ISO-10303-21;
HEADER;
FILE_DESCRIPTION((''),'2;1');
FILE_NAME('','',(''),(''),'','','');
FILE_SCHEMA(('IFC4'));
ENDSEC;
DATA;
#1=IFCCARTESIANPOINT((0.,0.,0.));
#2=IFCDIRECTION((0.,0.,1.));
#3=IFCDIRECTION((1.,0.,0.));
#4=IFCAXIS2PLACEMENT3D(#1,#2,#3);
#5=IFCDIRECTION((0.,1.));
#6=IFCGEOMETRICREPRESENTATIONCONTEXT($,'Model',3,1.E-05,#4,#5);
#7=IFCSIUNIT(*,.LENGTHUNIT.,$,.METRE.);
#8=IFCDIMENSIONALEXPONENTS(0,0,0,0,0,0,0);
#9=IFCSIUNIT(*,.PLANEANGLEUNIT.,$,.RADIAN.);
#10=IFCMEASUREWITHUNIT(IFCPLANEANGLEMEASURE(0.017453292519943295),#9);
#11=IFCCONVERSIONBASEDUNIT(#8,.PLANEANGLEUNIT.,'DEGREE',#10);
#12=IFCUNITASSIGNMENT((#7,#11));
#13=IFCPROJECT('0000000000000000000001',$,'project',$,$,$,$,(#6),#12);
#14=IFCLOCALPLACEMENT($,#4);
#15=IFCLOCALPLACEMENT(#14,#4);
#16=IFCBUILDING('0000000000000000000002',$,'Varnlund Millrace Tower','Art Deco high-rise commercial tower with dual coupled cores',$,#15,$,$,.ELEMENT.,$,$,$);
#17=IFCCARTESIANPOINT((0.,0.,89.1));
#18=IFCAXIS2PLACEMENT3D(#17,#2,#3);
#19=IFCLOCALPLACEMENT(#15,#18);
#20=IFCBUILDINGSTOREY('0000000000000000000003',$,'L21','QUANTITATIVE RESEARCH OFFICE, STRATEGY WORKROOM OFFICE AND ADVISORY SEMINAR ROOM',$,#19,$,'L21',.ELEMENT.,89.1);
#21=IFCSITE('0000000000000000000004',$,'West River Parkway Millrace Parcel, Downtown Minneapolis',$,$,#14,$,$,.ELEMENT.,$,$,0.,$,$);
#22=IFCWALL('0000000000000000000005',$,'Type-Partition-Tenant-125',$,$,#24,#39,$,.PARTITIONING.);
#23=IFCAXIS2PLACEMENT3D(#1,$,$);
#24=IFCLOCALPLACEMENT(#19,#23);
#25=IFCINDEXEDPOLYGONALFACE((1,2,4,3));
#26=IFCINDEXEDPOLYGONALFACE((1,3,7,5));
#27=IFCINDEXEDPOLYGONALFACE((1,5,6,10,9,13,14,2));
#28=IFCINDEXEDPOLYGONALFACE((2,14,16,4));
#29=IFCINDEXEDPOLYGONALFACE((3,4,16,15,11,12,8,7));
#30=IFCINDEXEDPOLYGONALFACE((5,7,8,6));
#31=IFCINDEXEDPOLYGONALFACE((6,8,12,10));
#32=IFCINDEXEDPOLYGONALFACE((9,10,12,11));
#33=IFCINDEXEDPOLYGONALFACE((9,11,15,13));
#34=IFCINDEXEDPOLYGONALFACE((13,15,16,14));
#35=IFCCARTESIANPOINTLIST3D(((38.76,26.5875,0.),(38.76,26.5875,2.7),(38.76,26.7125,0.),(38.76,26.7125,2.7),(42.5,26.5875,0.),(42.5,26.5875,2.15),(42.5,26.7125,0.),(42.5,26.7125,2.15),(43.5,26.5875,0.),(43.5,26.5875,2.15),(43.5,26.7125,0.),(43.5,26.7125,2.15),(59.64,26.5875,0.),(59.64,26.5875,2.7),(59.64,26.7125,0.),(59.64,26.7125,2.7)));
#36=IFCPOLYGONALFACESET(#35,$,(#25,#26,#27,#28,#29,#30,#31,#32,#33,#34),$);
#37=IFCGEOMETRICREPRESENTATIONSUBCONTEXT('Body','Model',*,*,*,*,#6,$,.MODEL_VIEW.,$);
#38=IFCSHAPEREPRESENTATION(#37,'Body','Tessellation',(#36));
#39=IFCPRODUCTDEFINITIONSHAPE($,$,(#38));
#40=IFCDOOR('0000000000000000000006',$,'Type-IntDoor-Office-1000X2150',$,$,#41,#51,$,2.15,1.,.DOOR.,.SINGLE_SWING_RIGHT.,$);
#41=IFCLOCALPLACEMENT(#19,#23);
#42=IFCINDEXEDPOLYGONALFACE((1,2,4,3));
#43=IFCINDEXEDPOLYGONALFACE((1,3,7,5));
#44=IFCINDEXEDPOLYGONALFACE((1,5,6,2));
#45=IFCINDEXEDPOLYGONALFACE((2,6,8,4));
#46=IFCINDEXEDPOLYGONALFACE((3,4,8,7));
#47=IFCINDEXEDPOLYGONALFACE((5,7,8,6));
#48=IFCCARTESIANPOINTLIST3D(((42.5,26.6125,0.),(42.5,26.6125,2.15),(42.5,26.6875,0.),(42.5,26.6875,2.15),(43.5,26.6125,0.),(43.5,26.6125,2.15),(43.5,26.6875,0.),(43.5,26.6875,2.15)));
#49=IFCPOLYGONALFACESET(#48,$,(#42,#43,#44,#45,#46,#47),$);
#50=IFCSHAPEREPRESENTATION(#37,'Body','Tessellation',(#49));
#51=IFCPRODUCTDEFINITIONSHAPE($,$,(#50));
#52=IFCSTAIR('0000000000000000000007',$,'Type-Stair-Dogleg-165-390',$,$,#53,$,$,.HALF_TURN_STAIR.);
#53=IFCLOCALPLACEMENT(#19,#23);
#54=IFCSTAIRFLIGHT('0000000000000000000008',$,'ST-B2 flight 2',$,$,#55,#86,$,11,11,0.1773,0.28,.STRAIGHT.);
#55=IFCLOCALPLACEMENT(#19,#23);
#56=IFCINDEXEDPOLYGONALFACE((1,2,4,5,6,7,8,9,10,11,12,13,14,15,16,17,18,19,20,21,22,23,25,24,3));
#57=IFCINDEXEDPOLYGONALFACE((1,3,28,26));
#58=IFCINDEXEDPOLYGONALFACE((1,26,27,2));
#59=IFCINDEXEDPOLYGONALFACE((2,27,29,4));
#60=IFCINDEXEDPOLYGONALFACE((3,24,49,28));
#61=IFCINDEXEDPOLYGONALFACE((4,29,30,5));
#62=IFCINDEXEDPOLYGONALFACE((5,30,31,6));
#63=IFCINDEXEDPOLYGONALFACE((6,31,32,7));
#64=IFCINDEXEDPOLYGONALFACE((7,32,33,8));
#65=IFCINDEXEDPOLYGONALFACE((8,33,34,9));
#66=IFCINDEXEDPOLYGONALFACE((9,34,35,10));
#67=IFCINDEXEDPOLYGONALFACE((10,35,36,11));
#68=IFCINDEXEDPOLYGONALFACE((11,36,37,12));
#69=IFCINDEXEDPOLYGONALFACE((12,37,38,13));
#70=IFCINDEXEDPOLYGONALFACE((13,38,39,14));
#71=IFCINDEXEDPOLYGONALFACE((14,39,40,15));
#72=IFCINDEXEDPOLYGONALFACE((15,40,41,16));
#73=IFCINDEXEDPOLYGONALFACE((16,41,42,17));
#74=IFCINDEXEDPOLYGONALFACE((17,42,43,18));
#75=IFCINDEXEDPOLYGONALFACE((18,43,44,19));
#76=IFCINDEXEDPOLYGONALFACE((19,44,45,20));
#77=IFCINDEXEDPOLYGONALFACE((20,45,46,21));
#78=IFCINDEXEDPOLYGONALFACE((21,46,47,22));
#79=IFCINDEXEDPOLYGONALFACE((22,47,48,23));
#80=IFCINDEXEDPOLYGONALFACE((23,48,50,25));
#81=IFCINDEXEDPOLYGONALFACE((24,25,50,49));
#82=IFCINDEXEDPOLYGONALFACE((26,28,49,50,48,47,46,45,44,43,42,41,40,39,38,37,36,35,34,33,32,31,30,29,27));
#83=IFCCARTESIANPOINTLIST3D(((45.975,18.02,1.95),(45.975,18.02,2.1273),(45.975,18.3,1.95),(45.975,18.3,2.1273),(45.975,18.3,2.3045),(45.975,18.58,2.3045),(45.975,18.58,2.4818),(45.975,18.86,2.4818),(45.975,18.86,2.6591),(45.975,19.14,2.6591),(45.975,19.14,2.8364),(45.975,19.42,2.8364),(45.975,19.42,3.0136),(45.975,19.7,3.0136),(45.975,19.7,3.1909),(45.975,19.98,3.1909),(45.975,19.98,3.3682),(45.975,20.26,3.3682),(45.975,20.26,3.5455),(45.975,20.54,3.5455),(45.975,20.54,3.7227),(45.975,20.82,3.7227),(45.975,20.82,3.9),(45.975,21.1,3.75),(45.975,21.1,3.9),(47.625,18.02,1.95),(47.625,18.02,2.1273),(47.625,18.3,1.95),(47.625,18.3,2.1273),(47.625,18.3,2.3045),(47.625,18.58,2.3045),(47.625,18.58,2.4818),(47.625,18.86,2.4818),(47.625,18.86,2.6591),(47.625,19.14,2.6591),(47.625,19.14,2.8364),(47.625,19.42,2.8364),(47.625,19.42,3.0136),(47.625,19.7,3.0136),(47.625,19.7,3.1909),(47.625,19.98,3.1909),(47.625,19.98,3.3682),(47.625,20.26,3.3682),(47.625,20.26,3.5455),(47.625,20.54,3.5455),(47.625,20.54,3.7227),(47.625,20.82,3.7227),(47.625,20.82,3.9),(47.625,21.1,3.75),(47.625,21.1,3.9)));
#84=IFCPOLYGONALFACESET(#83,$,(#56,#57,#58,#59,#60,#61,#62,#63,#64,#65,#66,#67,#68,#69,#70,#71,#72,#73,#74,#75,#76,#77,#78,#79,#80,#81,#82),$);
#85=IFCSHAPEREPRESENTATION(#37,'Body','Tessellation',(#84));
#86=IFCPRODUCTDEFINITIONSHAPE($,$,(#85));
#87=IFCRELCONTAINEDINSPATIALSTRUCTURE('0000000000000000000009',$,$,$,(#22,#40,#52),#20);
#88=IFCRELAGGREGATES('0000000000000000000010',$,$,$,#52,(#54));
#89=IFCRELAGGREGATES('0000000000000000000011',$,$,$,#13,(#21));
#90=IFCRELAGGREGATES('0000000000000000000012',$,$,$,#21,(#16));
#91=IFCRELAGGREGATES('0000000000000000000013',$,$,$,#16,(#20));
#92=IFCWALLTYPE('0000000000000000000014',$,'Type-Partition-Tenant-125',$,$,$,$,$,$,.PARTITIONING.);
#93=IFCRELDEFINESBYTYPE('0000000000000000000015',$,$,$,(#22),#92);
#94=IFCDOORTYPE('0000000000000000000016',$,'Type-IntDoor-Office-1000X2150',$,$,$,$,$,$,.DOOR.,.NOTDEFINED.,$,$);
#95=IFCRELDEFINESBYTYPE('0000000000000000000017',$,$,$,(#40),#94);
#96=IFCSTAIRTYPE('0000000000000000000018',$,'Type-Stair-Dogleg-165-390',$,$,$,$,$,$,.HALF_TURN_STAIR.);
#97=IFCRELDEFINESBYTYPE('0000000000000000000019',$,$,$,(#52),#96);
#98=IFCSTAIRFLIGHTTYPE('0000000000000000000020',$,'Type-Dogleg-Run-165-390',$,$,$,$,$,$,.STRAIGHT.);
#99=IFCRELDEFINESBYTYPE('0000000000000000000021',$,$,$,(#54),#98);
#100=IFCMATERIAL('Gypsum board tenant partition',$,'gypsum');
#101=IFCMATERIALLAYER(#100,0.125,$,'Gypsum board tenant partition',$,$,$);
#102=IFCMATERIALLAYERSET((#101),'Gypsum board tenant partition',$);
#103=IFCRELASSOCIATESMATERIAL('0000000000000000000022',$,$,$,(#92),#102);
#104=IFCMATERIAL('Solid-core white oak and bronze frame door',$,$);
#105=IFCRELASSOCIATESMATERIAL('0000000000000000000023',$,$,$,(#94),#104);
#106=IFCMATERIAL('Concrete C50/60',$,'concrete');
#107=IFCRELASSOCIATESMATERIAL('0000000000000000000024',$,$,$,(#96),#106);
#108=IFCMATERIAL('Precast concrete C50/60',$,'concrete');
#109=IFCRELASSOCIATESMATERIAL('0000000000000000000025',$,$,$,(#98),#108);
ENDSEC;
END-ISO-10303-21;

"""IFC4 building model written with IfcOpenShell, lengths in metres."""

from ifc_helpers import new_model, entity, si_unit, converted_unit, direction, frame, origin_with_axes, origin_2d_with_axis, place, context, subcontext, project, spatial, polyline, rectangle, outline, extrude, material, layer, layer_set, type_object, element, fill, aggregate, save


model = new_model("IFC4")

# Units and contexts
model_context = context("Model", 3, precision=1e-05, world=origin_with_axes(), true_north=direction((0.0, 1.0)))
body_context = subcontext(model_context, "Body", "Model", "MODEL_VIEW")
ifc_project = project(units=[si_unit("LENGTHUNIT", "METRE"), converted_unit("PLANEANGLEUNIT", "DEGREE", entity("IfcPlaneAngleMeasure", 0.017453292519943295), si_unit("PLANEANGLEUNIT", "RADIAN"), dimensions=[0, 0, 0, 0, 0, 0, 0])], contexts=[model_context])

# Site, building, storey
site_placement = place(None, origin_with_axes())
site = spatial("IfcSite", under=ifc_project, at=site_placement, Name="West River Parkway Millrace Parcel, Downtown Minneapolis", CompositionType="ELEMENT", RefElevation=0.0)
building_placement = place(site_placement, origin_with_axes())
building = spatial("IfcBuilding", under=site, at=building_placement, Name="Varnlund Millrace Tower", Description="Art Deco high-rise commercial tower with dual coupled cores", CompositionType="ELEMENT")
storey_placement = place(building_placement, frame((0.0, 0.0, 89.1), z_axis=(0.0, 0.0, 1.0), x_axis=(1.0, 0.0, 0.0)))
storey = spatial("IfcBuildingStorey", under=building, at=storey_placement, Name="L21", Description="QUANTITATIVE RESEARCH OFFICE, STRATEGY WORKROOM OFFICE AND ADVISORY SEMINAR ROOM", LongName="L21", CompositionType="ELEMENT", Elevation=89.1)

# Shared definitions
ifc_material_1 = material(Name="Precast concrete C50/60", Category="concrete")

# Wall, opening, door
ifc_material_2 = material(Name="Gypsum board tenant partition", Category="gypsum")
ifc_layer_1 = layer(ifc_material_2, 0.125, Name="Gypsum board tenant partition")
ifc_layer_set_1 = layer_set([ifc_layer_1], Name="Gypsum board tenant partition")
wall_type_1 = type_object("IfcWallType", Name="Type-Partition-Tenant-125", PredefinedType="PARTITIONING", material=ifc_layer_set_1)
wall_1_placement = place(storey_placement, frame((38.76, 26.65, 0.0), z_axis=(0.0, 0.0, 1.0), x_axis=(1.0, 0.0, 0.0)))
wall_1 = element("IfcWall", 1, at=wall_1_placement, inside=storey, type_object=wall_type_1, Name="Type-Partition-Tenant-125", PredefinedType="PARTITIONING", context=body_context, shape_type="SweptSolid", body=[
    extrude(outline(polyline([(0.0, -0.0625), (20.88, -0.0625), (20.88, 0.0625), (0.0, 0.0625), (0.0, -0.0625)])), origin_with_axes(), (0.0, 0.0, 1.0), 2.7),
])
opening_1_placement = place(wall_1_placement, frame((4.24, 0.0, 0.0), z_axis=(0.0, 0.0, 1.0), x_axis=(1.0, 0.0, 0.0)))
opening_1 = element("IfcOpeningElement", 2, at=opening_1_placement, cuts=wall_1, PredefinedType="OPENING", context=body_context, shape_type="SweptSolid", body=[
    extrude(rectangle(XDim=1.0, YDim=0.145, at=origin_2d_with_axis()), origin_with_axes(), (0.0, 0.0, 1.0), 2.15),
])
ifc_material_3 = material(Name="Solid-core white oak and bronze frame door")
door_type = type_object("IfcDoorType", Name="Type-IntDoor-Office-1000X2150", OperationType="NOTDEFINED", PredefinedType="DOOR", material=ifc_material_3)
door_placement = place(wall_1_placement, frame((4.24, 0.0, 0.0), z_axis=(0.0, 0.0, 1.0), x_axis=(1.0, 0.0, 0.0)))
door = element("IfcDoor", 3, at=door_placement, inside=storey, type_object=door_type, Name="Type-IntDoor-Office-1000X2150", OperationType="SINGLE_SWING_RIGHT", OverallHeight=2.15, OverallWidth=1.0, PredefinedType="DOOR", context=body_context, shape_type="SweptSolid", body=[
    extrude(rectangle(XDim=1.0, YDim=0.075, at=origin_2d_with_axis()), origin_with_axes(), (0.0, 0.0, 1.0), 2.15),
])
fill(opening_1, door)

# Stair, stair flight
ifc_material_4 = material(Name="Concrete C50/60", Category="concrete")
stair_type = type_object("IfcStairType", Name="Type-Stair-Dogleg-165-390", PredefinedType="HALF_TURN_STAIR", material=ifc_material_4)
stair_placement = place(storey_placement, origin_with_axes())
stair = element("IfcStair", 4, at=stair_placement, inside=storey, type_object=stair_type, Name="Type-Stair-Dogleg-165-390", PredefinedType="HALF_TURN_STAIR")
stair_flight_type = type_object("IfcStairFlightType", Name="Type-Dogleg-Run-165-390", PredefinedType="STRAIGHT", material=ifc_material_1)
stair_flight_placement = place(storey_placement, frame((45.975, 18.02, 1.95), z_axis=(1.0, 0.0, 0.0), x_axis=(0.0, 1.0, 0.0)))
stair_flight = element("IfcStairFlight", 5, at=stair_flight_placement, type_object=stair_flight_type, Name="ST-B2 flight 2", NumberOfRisers=11, NumberOfTreads=11, PredefinedType="STRAIGHT", RiserHeight=0.1773, TreadLength=0.28, context=body_context, shape_type="SweptSolid", body=[
    extrude(outline(polyline([(0.0, 0.0), (0.0, 0.1773), (0.28, 0.1773), (0.28, 0.3545), (0.56, 0.3545), (0.56, 0.5318), (0.84, 0.5318), (0.84, 0.7091), (1.12, 0.7091), (1.12, 0.8864), (1.4, 0.8864), (1.4, 1.0636), (1.68, 1.0636), (1.68, 1.2409), (1.96, 1.2409), (1.96, 1.4182), (2.24, 1.4182), (2.24, 1.5955), (2.52, 1.5955), (2.52, 1.7727), (2.8, 1.7727), (2.8, 1.95), (3.08, 1.95), (3.08, 1.8), (0.28, 0.0), (0.0, 0.0)])), origin_with_axes(), (0.0, 0.0, 1.0), 1.65),
])
aggregate(stair, [stair_flight])

save(model, "model.ifc")
